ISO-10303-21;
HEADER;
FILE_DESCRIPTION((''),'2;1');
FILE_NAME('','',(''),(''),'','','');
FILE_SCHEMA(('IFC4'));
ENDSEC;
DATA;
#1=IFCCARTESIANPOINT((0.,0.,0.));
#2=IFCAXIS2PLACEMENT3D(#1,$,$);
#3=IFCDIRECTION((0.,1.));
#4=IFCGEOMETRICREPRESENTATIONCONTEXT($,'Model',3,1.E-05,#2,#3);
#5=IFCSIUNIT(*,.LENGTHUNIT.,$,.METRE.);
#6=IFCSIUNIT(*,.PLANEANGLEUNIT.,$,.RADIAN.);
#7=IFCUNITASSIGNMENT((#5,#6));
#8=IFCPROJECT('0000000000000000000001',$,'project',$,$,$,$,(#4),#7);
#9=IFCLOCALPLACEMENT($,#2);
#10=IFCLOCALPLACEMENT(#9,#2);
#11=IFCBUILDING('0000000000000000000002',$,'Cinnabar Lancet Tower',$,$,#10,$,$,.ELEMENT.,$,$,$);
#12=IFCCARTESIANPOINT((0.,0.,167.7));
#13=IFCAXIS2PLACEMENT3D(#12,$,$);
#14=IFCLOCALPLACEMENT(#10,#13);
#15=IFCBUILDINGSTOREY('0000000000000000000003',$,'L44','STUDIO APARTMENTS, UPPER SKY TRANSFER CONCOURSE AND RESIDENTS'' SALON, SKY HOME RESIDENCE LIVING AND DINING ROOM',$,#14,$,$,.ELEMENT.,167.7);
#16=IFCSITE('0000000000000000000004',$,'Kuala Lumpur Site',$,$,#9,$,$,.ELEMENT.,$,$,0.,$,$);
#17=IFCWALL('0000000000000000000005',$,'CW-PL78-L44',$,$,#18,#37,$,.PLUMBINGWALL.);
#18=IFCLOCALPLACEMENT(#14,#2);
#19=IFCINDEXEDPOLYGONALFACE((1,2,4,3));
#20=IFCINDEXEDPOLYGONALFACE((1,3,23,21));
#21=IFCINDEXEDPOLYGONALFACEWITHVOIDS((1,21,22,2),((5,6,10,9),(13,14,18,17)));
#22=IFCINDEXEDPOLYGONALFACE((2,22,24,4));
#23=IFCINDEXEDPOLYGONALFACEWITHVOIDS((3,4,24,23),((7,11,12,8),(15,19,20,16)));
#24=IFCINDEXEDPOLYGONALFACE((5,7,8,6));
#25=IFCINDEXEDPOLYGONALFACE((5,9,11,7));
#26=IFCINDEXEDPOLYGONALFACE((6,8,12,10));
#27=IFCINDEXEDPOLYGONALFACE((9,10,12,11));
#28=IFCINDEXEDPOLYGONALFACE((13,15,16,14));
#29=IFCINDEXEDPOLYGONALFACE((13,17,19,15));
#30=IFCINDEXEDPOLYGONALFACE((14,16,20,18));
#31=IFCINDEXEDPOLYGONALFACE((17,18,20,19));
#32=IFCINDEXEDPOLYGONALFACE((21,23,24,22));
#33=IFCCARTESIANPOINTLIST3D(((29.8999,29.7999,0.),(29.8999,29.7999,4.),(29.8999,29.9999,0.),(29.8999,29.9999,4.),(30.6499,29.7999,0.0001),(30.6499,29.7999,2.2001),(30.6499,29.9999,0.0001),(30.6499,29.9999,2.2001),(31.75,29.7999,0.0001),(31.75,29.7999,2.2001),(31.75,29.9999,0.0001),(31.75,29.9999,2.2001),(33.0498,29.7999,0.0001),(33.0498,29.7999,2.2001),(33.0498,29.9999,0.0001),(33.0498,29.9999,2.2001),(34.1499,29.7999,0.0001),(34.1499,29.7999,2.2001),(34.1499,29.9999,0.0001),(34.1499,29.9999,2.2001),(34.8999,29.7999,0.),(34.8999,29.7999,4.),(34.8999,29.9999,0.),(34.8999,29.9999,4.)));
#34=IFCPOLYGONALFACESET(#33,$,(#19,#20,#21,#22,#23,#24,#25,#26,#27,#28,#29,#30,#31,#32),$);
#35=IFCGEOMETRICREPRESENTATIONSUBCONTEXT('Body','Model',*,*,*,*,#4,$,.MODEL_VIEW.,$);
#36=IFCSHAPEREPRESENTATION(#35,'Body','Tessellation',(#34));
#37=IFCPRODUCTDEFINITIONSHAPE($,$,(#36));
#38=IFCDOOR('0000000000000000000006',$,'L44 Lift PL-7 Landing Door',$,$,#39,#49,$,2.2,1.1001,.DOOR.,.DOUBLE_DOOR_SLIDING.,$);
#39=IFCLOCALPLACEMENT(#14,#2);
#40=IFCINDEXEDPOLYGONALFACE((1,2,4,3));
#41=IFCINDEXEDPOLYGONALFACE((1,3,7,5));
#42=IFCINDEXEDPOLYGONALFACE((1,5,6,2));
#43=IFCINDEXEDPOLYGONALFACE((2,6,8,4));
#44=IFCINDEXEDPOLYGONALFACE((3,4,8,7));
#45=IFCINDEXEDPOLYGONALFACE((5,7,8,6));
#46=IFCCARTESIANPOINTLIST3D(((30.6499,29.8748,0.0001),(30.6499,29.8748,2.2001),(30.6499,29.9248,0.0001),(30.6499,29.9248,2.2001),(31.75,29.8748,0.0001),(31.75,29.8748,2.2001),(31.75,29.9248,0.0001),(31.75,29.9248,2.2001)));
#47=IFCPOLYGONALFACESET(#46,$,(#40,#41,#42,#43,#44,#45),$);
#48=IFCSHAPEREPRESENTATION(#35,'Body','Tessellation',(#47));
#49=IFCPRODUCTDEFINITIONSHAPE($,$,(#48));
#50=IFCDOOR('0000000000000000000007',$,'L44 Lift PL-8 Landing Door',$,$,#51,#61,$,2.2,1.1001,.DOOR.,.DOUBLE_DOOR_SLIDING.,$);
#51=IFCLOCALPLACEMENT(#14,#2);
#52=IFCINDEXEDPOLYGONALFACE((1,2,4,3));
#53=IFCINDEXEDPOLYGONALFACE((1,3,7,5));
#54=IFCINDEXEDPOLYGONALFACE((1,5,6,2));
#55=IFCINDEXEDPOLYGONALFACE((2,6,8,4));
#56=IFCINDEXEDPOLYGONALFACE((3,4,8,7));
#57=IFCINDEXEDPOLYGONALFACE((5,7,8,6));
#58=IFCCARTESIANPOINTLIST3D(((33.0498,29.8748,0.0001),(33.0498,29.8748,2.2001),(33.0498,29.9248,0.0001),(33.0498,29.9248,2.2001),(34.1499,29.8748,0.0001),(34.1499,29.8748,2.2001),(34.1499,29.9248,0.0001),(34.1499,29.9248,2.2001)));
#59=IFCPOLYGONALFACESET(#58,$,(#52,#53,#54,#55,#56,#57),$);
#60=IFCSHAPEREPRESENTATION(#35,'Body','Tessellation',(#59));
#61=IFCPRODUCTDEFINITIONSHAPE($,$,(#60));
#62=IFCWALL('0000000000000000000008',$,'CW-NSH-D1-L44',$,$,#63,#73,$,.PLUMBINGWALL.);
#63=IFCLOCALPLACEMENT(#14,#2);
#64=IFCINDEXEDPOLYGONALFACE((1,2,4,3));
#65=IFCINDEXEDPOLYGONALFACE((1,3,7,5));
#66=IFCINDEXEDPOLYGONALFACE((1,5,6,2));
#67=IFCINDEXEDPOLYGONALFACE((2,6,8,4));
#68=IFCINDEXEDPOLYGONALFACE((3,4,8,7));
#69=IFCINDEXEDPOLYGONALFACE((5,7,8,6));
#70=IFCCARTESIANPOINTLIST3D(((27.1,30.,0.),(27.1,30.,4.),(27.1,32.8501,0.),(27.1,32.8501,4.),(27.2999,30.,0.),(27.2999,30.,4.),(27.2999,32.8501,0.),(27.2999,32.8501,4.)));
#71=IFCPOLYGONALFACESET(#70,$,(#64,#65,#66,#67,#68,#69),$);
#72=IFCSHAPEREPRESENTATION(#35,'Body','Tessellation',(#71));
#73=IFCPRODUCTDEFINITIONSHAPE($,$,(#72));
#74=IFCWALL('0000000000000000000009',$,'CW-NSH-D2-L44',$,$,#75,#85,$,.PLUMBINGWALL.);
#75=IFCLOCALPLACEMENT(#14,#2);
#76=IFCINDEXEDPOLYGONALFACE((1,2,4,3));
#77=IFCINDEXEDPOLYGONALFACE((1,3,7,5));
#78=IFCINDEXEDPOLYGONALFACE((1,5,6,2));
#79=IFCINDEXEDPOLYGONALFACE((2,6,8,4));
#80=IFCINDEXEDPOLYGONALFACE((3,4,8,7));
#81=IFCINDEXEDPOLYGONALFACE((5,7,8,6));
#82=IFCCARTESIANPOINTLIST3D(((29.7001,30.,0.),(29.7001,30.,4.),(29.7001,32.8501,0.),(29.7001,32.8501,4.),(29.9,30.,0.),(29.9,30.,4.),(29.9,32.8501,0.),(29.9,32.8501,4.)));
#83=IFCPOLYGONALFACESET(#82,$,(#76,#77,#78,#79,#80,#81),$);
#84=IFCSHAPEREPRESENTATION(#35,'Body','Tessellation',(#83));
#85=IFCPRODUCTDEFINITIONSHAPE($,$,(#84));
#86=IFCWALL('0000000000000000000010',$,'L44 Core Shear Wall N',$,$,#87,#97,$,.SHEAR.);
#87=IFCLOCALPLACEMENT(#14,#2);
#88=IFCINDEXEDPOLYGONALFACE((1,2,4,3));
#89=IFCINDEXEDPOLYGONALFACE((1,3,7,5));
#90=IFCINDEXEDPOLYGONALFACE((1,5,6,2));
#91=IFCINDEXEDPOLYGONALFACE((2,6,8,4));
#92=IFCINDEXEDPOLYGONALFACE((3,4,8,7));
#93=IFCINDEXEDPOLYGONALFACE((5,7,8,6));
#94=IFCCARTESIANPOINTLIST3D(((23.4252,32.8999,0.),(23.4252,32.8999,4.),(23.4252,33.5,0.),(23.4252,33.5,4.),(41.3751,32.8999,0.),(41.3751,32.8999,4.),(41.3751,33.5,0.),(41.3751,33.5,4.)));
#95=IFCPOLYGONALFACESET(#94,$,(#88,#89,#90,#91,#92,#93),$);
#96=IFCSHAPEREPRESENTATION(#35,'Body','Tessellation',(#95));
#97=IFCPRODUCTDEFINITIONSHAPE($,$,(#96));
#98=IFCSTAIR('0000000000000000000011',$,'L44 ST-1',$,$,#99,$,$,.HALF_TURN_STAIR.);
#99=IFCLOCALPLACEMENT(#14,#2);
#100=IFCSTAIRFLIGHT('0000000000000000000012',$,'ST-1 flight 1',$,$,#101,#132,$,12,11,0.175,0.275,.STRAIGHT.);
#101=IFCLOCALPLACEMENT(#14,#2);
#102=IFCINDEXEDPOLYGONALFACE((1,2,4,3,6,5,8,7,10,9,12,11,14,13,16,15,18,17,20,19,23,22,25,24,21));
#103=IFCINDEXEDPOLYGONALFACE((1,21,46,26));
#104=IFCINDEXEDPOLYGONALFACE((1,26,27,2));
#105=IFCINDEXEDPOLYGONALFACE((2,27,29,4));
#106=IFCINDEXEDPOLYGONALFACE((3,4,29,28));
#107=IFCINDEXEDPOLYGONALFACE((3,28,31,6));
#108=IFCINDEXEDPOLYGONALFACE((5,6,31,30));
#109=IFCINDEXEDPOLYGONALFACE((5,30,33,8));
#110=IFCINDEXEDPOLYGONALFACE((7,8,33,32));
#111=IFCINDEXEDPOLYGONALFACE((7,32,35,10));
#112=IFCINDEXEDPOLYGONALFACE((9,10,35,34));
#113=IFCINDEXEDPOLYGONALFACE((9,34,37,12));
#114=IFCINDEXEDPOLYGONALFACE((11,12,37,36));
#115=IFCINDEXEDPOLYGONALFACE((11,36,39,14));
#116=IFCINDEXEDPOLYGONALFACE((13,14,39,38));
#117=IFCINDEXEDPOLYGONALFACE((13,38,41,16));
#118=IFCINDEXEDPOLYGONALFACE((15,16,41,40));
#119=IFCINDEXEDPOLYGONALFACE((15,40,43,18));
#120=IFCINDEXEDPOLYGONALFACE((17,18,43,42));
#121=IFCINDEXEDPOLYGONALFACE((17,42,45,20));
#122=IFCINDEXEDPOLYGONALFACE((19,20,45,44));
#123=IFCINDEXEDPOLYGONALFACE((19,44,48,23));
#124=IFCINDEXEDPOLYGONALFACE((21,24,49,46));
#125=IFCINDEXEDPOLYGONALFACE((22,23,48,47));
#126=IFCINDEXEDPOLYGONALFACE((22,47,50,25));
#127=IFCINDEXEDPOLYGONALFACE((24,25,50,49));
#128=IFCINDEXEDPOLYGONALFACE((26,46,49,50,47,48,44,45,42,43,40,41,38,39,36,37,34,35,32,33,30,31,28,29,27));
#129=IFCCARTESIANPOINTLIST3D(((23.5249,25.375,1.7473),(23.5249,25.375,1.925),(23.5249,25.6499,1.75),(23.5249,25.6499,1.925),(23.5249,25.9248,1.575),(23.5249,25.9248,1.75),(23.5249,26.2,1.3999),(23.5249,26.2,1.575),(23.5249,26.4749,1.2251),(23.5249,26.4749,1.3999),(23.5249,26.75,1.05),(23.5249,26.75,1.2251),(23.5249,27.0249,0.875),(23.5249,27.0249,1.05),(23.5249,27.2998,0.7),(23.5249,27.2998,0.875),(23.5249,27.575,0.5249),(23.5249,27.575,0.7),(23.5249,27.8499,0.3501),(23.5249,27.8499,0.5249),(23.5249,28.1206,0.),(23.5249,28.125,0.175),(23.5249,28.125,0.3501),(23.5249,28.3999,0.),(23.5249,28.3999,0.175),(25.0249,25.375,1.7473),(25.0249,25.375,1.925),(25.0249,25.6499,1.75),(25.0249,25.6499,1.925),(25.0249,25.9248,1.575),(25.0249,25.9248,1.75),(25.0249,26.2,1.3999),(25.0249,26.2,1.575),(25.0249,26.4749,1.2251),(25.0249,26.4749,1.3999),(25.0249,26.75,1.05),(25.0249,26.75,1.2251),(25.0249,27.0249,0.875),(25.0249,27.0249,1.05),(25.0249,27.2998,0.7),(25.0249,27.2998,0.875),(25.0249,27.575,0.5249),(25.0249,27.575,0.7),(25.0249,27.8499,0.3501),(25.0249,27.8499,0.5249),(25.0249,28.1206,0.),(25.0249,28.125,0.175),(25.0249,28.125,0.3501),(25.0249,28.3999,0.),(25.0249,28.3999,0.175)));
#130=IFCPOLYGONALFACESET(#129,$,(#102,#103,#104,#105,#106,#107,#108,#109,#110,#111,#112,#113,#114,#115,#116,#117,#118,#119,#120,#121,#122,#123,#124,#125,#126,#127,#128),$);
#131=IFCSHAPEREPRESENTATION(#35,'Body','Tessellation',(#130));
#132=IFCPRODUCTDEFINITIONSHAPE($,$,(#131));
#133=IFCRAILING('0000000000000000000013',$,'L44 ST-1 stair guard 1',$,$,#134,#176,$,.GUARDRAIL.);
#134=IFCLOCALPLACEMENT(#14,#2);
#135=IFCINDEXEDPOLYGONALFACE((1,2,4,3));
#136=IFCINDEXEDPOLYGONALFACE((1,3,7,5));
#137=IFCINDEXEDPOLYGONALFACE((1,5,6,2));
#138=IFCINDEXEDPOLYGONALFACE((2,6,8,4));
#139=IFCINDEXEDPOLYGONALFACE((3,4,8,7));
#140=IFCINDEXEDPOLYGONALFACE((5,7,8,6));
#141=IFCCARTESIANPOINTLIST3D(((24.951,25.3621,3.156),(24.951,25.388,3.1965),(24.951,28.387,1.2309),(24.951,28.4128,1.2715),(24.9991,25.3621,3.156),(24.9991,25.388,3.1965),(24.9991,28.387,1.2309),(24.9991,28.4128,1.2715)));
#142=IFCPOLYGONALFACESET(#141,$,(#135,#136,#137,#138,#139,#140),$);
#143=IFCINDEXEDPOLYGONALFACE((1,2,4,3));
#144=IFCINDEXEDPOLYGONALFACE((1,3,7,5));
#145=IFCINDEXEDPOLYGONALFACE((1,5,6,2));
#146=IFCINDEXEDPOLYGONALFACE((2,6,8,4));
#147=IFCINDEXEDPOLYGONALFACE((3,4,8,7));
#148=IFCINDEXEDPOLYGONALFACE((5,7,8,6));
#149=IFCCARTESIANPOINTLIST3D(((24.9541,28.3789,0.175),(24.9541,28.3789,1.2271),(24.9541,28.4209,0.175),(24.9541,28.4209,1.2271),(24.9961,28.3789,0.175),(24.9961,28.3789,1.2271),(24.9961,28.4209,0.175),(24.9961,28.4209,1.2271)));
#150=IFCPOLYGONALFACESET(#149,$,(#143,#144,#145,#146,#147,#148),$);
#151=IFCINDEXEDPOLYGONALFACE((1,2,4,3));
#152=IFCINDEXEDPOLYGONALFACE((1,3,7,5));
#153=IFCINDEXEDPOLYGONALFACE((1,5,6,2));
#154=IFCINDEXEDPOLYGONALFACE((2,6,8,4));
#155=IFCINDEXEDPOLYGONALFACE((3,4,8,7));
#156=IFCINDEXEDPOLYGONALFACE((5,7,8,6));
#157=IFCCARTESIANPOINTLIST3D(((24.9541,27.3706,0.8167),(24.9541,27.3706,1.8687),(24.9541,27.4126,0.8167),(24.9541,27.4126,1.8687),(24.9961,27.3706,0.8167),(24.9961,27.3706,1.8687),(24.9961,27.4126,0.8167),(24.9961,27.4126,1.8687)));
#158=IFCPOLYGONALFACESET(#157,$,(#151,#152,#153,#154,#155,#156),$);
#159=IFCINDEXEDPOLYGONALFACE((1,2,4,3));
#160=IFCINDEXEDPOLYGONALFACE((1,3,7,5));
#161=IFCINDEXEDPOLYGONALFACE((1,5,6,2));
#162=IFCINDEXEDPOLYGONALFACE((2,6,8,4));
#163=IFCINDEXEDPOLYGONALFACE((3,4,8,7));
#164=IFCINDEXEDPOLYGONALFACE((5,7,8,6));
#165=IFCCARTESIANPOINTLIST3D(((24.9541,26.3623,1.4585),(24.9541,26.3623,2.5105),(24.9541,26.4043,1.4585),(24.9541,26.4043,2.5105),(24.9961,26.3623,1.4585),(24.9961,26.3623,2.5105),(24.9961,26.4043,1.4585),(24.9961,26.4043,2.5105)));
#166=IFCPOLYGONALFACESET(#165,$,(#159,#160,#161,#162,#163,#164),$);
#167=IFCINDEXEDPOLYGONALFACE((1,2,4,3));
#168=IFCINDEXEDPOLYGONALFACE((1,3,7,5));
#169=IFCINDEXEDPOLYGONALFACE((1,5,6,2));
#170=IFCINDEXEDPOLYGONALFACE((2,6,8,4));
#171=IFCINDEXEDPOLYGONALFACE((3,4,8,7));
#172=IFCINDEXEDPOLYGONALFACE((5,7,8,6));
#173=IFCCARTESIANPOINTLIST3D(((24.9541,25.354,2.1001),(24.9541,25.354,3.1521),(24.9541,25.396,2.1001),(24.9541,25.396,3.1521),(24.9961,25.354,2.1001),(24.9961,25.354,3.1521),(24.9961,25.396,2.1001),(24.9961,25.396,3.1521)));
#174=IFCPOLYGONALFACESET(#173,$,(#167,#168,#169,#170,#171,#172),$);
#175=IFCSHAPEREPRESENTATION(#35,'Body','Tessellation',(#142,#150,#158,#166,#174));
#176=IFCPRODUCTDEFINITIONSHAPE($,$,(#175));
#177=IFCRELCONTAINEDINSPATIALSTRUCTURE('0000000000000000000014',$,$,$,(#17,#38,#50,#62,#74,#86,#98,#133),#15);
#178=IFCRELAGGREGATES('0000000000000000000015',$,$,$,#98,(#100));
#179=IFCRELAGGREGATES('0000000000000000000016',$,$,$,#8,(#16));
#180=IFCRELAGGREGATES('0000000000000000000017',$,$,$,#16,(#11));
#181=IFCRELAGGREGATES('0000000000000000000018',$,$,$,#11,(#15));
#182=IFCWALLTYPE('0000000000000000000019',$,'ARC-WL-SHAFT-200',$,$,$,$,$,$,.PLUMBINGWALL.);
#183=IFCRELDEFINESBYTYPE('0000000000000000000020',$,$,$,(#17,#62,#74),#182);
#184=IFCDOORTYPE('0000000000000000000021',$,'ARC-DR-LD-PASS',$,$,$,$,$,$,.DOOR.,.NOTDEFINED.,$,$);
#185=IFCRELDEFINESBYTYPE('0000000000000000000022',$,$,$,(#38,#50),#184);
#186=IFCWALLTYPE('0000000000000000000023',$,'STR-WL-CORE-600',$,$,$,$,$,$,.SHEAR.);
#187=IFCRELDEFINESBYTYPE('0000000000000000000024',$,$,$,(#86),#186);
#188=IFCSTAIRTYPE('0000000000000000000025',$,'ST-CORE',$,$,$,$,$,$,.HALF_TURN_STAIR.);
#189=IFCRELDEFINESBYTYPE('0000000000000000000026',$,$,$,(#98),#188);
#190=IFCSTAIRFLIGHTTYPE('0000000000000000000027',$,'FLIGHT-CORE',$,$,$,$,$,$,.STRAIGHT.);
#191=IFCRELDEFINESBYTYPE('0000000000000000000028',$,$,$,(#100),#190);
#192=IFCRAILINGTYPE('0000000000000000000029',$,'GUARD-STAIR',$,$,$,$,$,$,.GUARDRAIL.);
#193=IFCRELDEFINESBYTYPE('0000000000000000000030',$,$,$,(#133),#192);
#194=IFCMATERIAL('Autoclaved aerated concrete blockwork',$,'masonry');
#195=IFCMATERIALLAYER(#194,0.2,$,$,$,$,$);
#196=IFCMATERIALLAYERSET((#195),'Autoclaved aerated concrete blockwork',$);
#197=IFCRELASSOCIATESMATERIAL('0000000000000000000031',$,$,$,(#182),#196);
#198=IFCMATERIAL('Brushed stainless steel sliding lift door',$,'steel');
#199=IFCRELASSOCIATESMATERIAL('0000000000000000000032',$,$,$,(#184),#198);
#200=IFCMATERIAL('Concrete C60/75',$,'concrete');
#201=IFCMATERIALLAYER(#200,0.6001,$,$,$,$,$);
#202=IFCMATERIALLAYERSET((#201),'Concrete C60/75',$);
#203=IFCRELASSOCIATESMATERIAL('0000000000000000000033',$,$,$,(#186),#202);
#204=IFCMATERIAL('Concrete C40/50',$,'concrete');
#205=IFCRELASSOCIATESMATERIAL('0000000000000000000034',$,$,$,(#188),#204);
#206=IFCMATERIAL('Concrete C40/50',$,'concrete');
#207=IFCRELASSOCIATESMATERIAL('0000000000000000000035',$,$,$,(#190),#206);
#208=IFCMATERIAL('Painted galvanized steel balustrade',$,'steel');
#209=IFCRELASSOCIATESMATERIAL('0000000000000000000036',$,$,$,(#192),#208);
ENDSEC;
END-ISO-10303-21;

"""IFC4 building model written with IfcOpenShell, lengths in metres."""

from ifc_helpers import new_model, si_unit, direction, frame, frame_2d, origin, origin_2d, place, context, subcontext, project, spatial, polyline, rectangle, outline, extrude, material, layer, layer_set, type_object, element, fill, aggregate, save


model = new_model("IFC4")

# Units and contexts
model_context = context("Model", 3, precision=1e-05, world=origin(), true_north=direction((0.0, 1.0)))
body_context = subcontext(model_context, "Body", "Model", "MODEL_VIEW")
ifc_project = project(units=[si_unit("LENGTHUNIT", "METRE"), si_unit("PLANEANGLEUNIT", "RADIAN")], contexts=[model_context])

# Site, building, storey
site_placement = place(None, origin())
site = spatial("IfcSite", under=ifc_project, at=site_placement, Name="Kuala Lumpur Site", CompositionType="ELEMENT", RefElevation=0.0)
building_placement = place(site_placement, origin())
building = spatial("IfcBuilding", under=site, at=building_placement, Name="Cinnabar Lancet Tower", CompositionType="ELEMENT")
storey_placement = place(building_placement, frame((0.0, 0.0, 167.7)))
storey = spatial("IfcBuildingStorey", under=building, at=storey_placement, Name="L44", Description="STUDIO APARTMENTS, UPPER SKY TRANSFER CONCOURSE AND RESIDENTS' SALON, SKY HOME RESIDENCE LIVING AND DINING ROOM", CompositionType="ELEMENT", Elevation=167.7)

# Shared definitions
ifc_material_1 = material(Name="Autoclaved aerated concrete blockwork", Category="masonry")
ifc_layer_1 = layer(ifc_material_1, 0.2)
ifc_layer_set_1 = layer_set([ifc_layer_1], Name="Autoclaved aerated concrete blockwork")
wall_type_1 = type_object("IfcWallType", Name="ARC-WL-SHAFT-200", PredefinedType="PLUMBINGWALL", material=ifc_layer_set_1)

# Wall, openings, doors
wall_1_placement = place(storey_placement, frame((29.8999, 29.8999, 0.0), z_axis=(0.0, 0.0, 1.0), x_axis=(1.0, 0.0, 0.0)))
wall_1 = element("IfcWall", 1, at=wall_1_placement, inside=storey, type_object=wall_type_1, Name="CW-PL78-L44", PredefinedType="PLUMBINGWALL", context=body_context, shape_type="SweptSolid", body=[
    extrude(rectangle(XDim=5.0, YDim=0.2, at=frame_2d((2.5, 0.0))), origin(), (0.0, 0.0, 1.0), 4.0),
])
opening_1_placement = place(wall_1_placement, frame((0.75, 0.0, 0.0)))
opening_1 = element("IfcOpeningElement", 2, at=opening_1_placement, cuts=wall_1, PredefinedType="OPENING", context=body_context, shape_type="SweptSolid", body=[
    extrude(rectangle(XDim=1.1001, YDim=2.2, at=frame_2d((0.55, 1.1001))), frame((0.0, 0.1099, 0.0), z_axis=(0.0, -1.0, 0.0), x_axis=(1.0, 0.0, 0.0)), (0.0, 0.0, 1.0), 0.22),
])
opening_2_placement = place(wall_1_placement, frame((3.1499, 0.0, 0.0)))
opening_2 = element("IfcOpeningElement", 3, at=opening_2_placement, cuts=wall_1, PredefinedType="OPENING", context=body_context, shape_type="SweptSolid", body=[
    extrude(rectangle(XDim=1.1001, YDim=2.2, at=frame_2d((0.55, 1.1001))), frame((0.0, 0.1099, 0.0), z_axis=(0.0, -1.0, 0.0), x_axis=(1.0, 0.0, 0.0)), (0.0, 0.0, 1.0), 0.22),
])
ifc_material_2 = material(Name="Brushed stainless steel sliding lift door", Category="steel")
door_type_1 = type_object("IfcDoorType", Name="ARC-DR-LD-PASS", OperationType="NOTDEFINED", PredefinedType="DOOR", material=ifc_material_2)
door_1_placement = place(opening_1_placement, origin())
door_1 = element("IfcDoor", 4, at=door_1_placement, inside=storey, type_object=door_type_1, Name="L44 Lift PL-7 Landing Door", OperationType="DOUBLE_DOOR_SLIDING", OverallHeight=2.2, OverallWidth=1.1001, PredefinedType="DOOR", context=body_context, shape_type="SweptSolid", body=[
    extrude(rectangle(XDim=1.1001, YDim=2.2, at=frame_2d((0.55, 1.1001))), frame((0.0, 0.0249, 0.0), z_axis=(0.0, -1.0, 0.0), x_axis=(1.0, 0.0, 0.0)), (0.0, 0.0, 1.0), 0.05),
])
fill(opening_1, door_1)
door_2_placement = place(opening_2_placement, origin())
door_2 = element("IfcDoor", 5, at=door_2_placement, inside=storey, type_object=door_type_1, Name="L44 Lift PL-8 Landing Door", OperationType="DOUBLE_DOOR_SLIDING", OverallHeight=2.2, OverallWidth=1.1001, PredefinedType="DOOR", context=body_context, shape_type="SweptSolid", body=[
    extrude(rectangle(XDim=1.1001, YDim=2.2, at=frame_2d((0.55, 1.1001))), frame((0.0, 0.0249, 0.0), z_axis=(0.0, -1.0, 0.0), x_axis=(1.0, 0.0, 0.0)), (0.0, 0.0, 1.0), 0.05),
])
fill(opening_2, door_2)

# Walls
for number, where, z_axis, x_axis, name in (
    (6, (27.2, 30.0, 0.0), (0.0, 0.0, 1.0), (0.0, 1.0, 0.0), "CW-NSH-D1-L44"),
    (7, (29.8, 30.0, 0.0), (0.0, 0.0, 1.0), (0.0, 1.0, 0.0), "CW-NSH-D2-L44"),
):
    element("IfcWall", number, at=place(storey_placement, frame(where, z_axis=z_axis, x_axis=x_axis)), inside=storey, type_object=wall_type_1, Name=name, PredefinedType="PLUMBINGWALL", context=body_context, shape_type="SweptSolid", body=[
        extrude(rectangle(XDim=2.8501, YDim=0.2, at=frame_2d((1.425, 0.0))), origin(), (0.0, 0.0, 1.0), 4.0),
    ])
ifc_material_3 = material(Name="Concrete C60/75", Category="concrete")
ifc_layer_2 = layer(ifc_material_3, 0.6001)
ifc_layer_set_2 = layer_set([ifc_layer_2], Name="Concrete C60/75")
wall_type_2 = type_object("IfcWallType", Name="STR-WL-CORE-600", PredefinedType="SHEAR", material=ifc_layer_set_2)
wall_2_placement = place(storey_placement, frame((23.425, 33.2, 0.0), z_axis=(0.0, 0.0, 1.0), x_axis=(1.0, 0.0, 0.0)))
element("IfcWall", 8, at=wall_2_placement, inside=storey, type_object=wall_type_2, Name="L44 Core Shear Wall N", PredefinedType="SHEAR", context=body_context, shape_type="SweptSolid", body=[
    extrude(rectangle(XDim=17.95, YDim=0.6001, at=frame_2d((8.9751, 0.0))), origin(), (0.0, 0.0, 1.0), 4.0),
])

# Stair, stair flight
ifc_material_4 = material(Name="Concrete C40/50", Category="concrete")
stair_type = type_object("IfcStairType", Name="ST-CORE", PredefinedType="HALF_TURN_STAIR", material=ifc_material_4)
stair_placement = place(storey_placement, origin())
stair = element("IfcStair", 9, at=stair_placement, inside=storey, type_object=stair_type, Name="L44 ST-1", PredefinedType="HALF_TURN_STAIR")
ifc_material_5 = material(Name="Concrete C40/50", Category="concrete")
stair_flight_type = type_object("IfcStairFlightType", Name="FLIGHT-CORE", PredefinedType="STRAIGHT", material=ifc_material_5)
stair_flight_placement = place(storey_placement, frame((24.2749, 28.3999, 0.0), z_axis=(0.0, 0.0, 1.0), x_axis=(0.0, -1.0, 0.0)))
stair_flight = element("IfcStairFlight", 10, at=stair_flight_placement, type_object=stair_flight_type, Name="ST-1 flight 1", NumberOfRisers=12, NumberOfTreads=11, PredefinedType="STRAIGHT", RiserHeight=0.175, TreadLength=0.275, context=body_context, shape_type="SweptSolid", body=[
    extrude(outline(polyline([(0.0, 0.0), (0.0, 0.175), (0.2749, 0.175), (0.2749, 0.3501), (0.55, 0.3501), (0.55, 0.5249), (0.825, 0.5249), (0.825, 0.7), (1.1001, 0.7), (1.1001, 0.875), (1.375, 0.875), (1.375, 1.05), (1.6499, 1.05), (1.6499, 1.2251), (1.925, 1.2251), (1.925, 1.3999), (2.2, 1.3999), (2.2, 1.575), (2.4751, 1.575), (2.4751, 1.75), (2.75, 1.75), (2.75, 1.925), (3.0249, 1.925), (3.0249, 2.1001), (3.0249, 1.7473), (0.2793, 0.0), (0.0, 0.0)])), frame((0.0, 0.75, 0.0), z_axis=(0.0, -1.0, 0.0), x_axis=(1.0, 0.0, 0.0)), (0.0, 0.0, 1.0), 1.5),
])
aggregate(stair, [stair_flight])

# Railing
ifc_material_6 = material(Name="Painted galvanized steel balustrade", Category="steel")
railing_type_1 = type_object("IfcRailingType", Name="GUARD-STAIR", PredefinedType="GUARDRAIL", material=ifc_material_6)
railing_1_placement = place(storey_placement, frame((24.9751, 28.3999, 0.175)))
element("IfcRailing", 11, at=railing_1_placement, inside=storey, type_object=railing_type_1, Name="L44 ST-1 stair guard 1", PredefinedType="GUARDRAIL", context=body_context, shape_type="SweptSolid", body=[
    extrude(rectangle(XDim=0.0481, YDim=0.0481, at=origin_2d()), frame((0.0, 0.0, 1.0762), z_axis=(0.0, -0.843647, 0.536898), x_axis=(1.0, 0.0, 0.0)), (0.0, 0.0, 1.0), 3.5854),
    extrude(rectangle(XDim=0.042, YDim=0.042, at=origin_2d()), origin(), (0.0, 0.0, 1.0), 1.052),
    extrude(rectangle(XDim=0.042, YDim=0.042, at=origin_2d()), frame((0.0, -1.0083, 0.6416)), (0.0, 0.0, 1.0), 1.052),
    extrude(rectangle(XDim=0.042, YDim=0.042, at=origin_2d()), frame((0.0, -2.0166, 1.2834)), (0.0, 0.0, 1.0), 1.052),
    extrude(rectangle(XDim=0.042, YDim=0.042, at=origin_2d()), frame((0.0, -3.0249, 1.925)), (0.0, 0.0, 1.0), 1.052),
])

save(model, "model.ifc")
